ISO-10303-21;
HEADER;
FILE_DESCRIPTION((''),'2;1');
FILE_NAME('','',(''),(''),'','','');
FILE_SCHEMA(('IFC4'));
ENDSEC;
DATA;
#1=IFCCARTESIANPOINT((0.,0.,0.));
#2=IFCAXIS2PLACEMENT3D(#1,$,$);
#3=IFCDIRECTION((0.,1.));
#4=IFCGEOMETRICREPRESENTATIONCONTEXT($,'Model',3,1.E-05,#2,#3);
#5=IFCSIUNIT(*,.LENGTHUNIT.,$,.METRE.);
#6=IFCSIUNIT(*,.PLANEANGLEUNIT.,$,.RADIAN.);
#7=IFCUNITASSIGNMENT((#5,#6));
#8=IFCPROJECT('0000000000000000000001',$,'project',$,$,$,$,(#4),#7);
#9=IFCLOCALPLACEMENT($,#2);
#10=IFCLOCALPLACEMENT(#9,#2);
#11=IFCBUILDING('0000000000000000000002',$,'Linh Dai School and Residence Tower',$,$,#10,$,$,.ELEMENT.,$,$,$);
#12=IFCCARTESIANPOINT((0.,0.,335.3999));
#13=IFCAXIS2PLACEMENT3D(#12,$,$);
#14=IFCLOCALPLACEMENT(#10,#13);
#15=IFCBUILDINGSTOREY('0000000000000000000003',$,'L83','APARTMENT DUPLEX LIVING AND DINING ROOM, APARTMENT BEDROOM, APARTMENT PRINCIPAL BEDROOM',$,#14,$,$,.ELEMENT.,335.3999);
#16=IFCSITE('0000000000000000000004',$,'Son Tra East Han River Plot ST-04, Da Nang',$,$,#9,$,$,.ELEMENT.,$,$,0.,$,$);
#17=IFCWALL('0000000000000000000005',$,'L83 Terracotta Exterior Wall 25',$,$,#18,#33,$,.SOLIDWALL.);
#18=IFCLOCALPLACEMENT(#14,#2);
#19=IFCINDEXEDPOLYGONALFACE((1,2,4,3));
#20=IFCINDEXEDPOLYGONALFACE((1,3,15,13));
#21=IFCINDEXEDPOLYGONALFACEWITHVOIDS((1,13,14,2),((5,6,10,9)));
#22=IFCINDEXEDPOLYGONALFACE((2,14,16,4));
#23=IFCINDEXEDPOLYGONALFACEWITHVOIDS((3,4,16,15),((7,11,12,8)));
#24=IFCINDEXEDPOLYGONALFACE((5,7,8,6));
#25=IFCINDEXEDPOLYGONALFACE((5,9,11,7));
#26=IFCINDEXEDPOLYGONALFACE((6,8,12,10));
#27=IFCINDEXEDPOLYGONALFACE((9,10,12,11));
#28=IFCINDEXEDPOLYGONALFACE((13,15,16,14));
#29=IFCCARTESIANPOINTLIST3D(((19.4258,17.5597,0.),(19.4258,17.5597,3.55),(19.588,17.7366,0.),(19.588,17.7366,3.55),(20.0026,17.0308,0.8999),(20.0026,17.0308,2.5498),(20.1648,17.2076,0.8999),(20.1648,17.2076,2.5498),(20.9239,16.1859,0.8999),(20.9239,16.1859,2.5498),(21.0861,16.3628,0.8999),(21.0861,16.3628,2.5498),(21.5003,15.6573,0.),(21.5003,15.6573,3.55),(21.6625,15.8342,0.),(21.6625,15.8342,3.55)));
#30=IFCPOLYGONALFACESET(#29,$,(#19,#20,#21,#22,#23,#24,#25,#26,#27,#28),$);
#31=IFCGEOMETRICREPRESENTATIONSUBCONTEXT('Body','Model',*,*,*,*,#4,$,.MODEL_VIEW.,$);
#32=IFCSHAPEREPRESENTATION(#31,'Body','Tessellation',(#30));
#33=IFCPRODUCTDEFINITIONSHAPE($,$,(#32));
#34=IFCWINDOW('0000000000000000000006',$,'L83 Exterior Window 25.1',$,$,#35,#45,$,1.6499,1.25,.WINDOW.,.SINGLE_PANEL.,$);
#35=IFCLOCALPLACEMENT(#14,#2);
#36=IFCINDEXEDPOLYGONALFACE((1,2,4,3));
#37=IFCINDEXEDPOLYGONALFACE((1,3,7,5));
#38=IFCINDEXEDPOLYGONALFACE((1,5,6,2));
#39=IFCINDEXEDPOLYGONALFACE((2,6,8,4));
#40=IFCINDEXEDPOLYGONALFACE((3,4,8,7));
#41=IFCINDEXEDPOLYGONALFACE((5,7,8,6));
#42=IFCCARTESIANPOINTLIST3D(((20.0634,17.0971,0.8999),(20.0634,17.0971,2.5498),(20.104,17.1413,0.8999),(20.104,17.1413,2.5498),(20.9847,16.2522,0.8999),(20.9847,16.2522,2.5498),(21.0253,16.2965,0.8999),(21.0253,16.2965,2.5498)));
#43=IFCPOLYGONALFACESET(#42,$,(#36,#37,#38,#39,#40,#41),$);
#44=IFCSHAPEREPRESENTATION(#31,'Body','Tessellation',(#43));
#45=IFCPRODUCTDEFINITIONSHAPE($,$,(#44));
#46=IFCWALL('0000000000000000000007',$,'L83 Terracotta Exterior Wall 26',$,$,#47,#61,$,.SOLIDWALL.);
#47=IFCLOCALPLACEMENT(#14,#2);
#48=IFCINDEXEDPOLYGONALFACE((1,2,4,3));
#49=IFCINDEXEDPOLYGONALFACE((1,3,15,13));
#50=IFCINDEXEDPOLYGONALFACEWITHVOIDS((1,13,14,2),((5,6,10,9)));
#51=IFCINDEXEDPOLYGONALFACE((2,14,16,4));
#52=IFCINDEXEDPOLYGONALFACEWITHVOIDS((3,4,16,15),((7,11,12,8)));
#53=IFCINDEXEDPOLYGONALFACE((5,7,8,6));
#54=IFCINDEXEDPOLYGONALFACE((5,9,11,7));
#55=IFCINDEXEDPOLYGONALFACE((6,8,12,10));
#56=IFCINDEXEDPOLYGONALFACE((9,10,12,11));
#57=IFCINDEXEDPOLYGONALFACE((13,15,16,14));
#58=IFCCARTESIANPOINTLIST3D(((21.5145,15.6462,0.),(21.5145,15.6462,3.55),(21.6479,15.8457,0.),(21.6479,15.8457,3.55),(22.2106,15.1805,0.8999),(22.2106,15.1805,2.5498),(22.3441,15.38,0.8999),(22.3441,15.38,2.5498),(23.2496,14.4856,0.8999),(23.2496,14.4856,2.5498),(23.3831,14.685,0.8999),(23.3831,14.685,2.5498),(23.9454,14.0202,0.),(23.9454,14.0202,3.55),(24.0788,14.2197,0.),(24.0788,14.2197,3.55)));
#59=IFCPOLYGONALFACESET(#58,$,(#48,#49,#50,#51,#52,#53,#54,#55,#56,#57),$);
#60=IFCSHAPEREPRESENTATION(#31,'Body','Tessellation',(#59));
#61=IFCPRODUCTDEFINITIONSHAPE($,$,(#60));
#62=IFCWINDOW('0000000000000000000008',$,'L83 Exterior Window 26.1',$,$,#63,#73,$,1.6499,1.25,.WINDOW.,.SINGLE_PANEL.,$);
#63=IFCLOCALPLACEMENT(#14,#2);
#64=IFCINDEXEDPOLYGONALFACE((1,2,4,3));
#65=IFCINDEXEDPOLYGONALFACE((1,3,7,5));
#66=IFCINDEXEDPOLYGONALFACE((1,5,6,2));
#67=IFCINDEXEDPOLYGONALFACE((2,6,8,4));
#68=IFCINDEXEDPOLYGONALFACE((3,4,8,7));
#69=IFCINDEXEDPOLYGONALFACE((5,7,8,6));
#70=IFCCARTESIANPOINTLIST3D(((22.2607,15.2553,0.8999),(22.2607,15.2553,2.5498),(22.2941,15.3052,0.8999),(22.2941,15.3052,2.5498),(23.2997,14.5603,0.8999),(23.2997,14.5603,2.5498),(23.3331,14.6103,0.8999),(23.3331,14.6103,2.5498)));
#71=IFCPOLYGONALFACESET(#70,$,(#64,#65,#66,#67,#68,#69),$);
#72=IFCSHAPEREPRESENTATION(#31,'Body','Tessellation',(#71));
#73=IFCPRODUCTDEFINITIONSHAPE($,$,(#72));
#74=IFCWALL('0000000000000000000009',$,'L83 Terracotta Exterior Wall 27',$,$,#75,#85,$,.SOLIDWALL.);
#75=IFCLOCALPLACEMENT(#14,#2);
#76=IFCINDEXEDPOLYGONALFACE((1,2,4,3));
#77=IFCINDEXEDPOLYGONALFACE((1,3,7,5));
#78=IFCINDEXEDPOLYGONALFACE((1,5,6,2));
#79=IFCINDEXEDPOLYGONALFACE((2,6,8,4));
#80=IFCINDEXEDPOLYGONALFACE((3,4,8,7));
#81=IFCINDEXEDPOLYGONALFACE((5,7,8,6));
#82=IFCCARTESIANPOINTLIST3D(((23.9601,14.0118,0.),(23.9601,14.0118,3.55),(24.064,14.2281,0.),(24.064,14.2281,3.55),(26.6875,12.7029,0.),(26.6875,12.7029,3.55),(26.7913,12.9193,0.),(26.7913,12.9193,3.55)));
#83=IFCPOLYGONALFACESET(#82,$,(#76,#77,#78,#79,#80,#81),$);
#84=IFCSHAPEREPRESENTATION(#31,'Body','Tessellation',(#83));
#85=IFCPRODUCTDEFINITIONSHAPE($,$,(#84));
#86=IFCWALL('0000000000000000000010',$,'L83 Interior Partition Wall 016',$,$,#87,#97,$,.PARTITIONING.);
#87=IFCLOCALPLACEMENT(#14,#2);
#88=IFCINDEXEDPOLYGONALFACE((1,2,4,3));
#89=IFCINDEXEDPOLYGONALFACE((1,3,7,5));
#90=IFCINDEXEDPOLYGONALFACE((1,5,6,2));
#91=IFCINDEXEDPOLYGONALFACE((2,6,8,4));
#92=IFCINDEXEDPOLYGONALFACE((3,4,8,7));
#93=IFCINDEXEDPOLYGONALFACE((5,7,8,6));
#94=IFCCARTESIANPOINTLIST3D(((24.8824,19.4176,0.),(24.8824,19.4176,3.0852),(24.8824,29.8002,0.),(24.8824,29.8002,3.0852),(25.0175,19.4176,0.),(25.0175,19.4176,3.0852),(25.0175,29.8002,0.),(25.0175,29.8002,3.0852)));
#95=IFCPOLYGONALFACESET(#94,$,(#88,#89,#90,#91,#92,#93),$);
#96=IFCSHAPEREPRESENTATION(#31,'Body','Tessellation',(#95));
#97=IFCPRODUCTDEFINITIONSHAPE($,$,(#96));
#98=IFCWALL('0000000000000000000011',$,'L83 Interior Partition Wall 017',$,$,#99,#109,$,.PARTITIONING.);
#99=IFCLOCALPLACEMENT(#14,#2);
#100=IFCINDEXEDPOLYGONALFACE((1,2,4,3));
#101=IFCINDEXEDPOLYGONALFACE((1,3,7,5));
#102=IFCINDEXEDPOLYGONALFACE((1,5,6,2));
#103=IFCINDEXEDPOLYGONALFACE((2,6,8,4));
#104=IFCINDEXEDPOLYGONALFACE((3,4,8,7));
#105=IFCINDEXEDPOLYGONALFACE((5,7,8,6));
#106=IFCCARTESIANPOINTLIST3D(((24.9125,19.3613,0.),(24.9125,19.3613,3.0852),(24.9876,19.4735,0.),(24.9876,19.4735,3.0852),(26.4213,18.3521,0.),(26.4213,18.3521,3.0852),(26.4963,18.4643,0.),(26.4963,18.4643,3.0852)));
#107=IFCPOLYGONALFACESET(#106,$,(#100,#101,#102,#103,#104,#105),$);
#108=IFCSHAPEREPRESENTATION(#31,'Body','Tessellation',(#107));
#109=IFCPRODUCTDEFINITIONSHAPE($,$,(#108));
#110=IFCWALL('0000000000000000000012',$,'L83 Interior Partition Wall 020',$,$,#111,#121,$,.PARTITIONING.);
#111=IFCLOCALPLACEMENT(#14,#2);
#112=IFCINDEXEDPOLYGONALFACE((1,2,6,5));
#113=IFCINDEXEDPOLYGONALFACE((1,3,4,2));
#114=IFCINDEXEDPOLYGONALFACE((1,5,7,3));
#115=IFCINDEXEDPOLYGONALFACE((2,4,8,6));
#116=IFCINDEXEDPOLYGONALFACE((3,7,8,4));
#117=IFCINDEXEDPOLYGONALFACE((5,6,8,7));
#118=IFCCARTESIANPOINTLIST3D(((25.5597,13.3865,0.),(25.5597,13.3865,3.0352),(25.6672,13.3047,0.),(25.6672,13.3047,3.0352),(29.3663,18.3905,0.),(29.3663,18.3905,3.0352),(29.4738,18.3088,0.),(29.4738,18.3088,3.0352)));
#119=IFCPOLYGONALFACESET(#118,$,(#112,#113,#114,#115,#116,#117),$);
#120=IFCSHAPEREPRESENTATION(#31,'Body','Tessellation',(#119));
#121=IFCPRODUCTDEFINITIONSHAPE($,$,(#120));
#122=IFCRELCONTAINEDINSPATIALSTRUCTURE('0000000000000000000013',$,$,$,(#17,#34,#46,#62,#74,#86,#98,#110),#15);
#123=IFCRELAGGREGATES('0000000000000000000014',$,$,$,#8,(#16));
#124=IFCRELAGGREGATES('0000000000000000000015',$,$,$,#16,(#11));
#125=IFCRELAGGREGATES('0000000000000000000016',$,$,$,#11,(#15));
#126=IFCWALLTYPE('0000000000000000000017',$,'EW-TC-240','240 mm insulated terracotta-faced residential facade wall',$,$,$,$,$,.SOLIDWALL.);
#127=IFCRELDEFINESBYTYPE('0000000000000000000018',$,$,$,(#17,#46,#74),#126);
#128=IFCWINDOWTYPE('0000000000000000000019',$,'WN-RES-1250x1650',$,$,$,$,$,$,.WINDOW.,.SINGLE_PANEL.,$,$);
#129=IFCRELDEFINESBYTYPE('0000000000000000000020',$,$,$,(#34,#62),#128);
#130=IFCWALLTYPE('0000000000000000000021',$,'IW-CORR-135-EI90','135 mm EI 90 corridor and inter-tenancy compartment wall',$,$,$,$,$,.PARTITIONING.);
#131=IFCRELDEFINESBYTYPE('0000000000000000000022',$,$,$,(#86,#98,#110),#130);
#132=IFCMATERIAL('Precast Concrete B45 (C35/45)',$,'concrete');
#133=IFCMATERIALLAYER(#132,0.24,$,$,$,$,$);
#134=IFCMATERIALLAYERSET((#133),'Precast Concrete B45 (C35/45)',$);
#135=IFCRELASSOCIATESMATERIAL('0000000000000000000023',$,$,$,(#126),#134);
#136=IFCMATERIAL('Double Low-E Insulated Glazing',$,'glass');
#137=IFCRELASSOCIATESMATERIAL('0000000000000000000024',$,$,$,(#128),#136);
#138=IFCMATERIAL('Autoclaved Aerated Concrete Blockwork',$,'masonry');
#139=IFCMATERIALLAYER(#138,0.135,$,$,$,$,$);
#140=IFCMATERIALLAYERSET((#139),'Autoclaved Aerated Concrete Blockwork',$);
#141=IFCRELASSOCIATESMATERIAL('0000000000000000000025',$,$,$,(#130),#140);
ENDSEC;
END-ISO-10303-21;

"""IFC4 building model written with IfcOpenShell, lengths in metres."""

from ifc_helpers import new_model, si_unit, direction, frame, frame_2d, origin, origin_2d, place, context, subcontext, project, spatial, rectangle, extrude, source, transform, mapped, material, layer, layer_set, type_object, element, fill, save


model = new_model("IFC4")

# Units and contexts
model_context = context("Model", 3, precision=1e-05, world=origin(), true_north=direction((0.0, 1.0)))
body_context = subcontext(model_context, "Body", "Model", "MODEL_VIEW")
ifc_project = project(units=[si_unit("LENGTHUNIT", "METRE"), si_unit("PLANEANGLEUNIT", "RADIAN")], contexts=[model_context])

# Site, building, storey
site_placement = place(None, origin())
site = spatial("IfcSite", under=ifc_project, at=site_placement, Name="Son Tra East Han River Plot ST-04, Da Nang", CompositionType="ELEMENT", RefElevation=0.0)
building_placement = place(site_placement, origin())
building = spatial("IfcBuilding", under=site, at=building_placement, Name="Linh Dai School and Residence Tower", CompositionType="ELEMENT")
storey_placement = place(building_placement, frame((0.0, 0.0, 335.3999)))
storey = spatial("IfcBuildingStorey", under=building, at=storey_placement, Name="L83", Description="APARTMENT DUPLEX LIVING AND DINING ROOM, APARTMENT BEDROOM, APARTMENT PRINCIPAL BEDROOM", CompositionType="ELEMENT", Elevation=335.3999)

# Shared definitions
ifc_material_1 = material(Name="Precast Concrete B45 (C35/45)", Category="concrete")

# Walls, openings, windows
ifc_layer_1 = layer(ifc_material_1, 0.24)
ifc_layer_set_1 = layer_set([ifc_layer_1], Name="Precast Concrete B45 (C35/45)")
wall_type_1 = type_object("IfcWallType", Name="EW-TC-240", Description="240 mm insulated terracotta-faced residential facade wall", PredefinedType="SOLIDWALL", material=ifc_layer_set_1)
wall_1_placement = place(storey_placement, frame((21.5813, 15.7458, 0.0), z_axis=(0.0, 0.0, 1.0), x_axis=(-0.737021, 0.67587, 0.0)))
wall_1 = element("IfcWall", 1, at=wall_1_placement, inside=storey, type_object=wall_type_1, Name="L83 Terracotta Exterior Wall 25", PredefinedType="SOLIDWALL", context=body_context, shape_type="SweptSolid", body=[
    extrude(rectangle(XDim=2.8147, YDim=0.24, at=frame_2d((1.4072, 0.0))), origin(), (0.0, 0.0, 1.0), 3.55),
])
opening_1_placement = place(wall_1_placement, frame((0.782, 0.0, 0.8999)))
opening_1 = element("IfcOpeningElement", 2, at=opening_1_placement, cuts=wall_1, PredefinedType="OPENING", context=body_context, shape_type="SweptSolid", body=[
    extrude(rectangle(XDim=1.25, YDim=1.6499, at=origin_2d()), frame((0.625, 0.1299, 0.825), z_axis=(0.0, -1.0, 0.0), x_axis=(1.0, 0.0, 0.0)), (0.0, 0.0, 1.0), 0.26),
])
ifc_material_2 = material(Name="Double Low-E Insulated Glazing", Category="glass")
window_type = type_object("IfcWindowType", Name="WN-RES-1250x1650", PartitioningType="SINGLE_PANEL", PredefinedType="WINDOW", material=ifc_material_2)
shared_shape_1 = source(origin(), body_context, "Body", "SweptSolid", [
    extrude(rectangle(XDim=1.25, YDim=1.6499, at=origin_2d()), frame((0.625, 0.03, 0.825), z_axis=(0.0, -1.0, 0.0), x_axis=(1.0, 0.0, 0.0)), (0.0, 0.0, 1.0), 0.0601),
])
window_1_placement = place(opening_1_placement, origin())
window_1 = element("IfcWindow", 3, at=window_1_placement, inside=storey, type_object=window_type, Name="L83 Exterior Window 25.1", OverallHeight=1.6499, OverallWidth=1.25, PartitioningType="SINGLE_PANEL", PredefinedType="WINDOW", context=body_context, shape_type="MappedRepresentation", body=[
    mapped(shared_shape_1, transform((0.0, 0.0, 0.0), x_axis=(1.0, 0.0, 0.0), y_axis=(0.0, 1.0, 0.0), z_axis=(0.0, 0.0, 1.0), scale=1.0)),
])
fill(opening_1, window_1)
wall_2_placement = place(storey_placement, frame((24.0122, 14.1199, 0.0), z_axis=(0.0, 0.0, 1.0), x_axis=(-0.831202, 0.555971, 0.0)))
wall_2 = element("IfcWall", 4, at=wall_2_placement, inside=storey, type_object=wall_type_1, Name="L83 Terracotta Exterior Wall 26", PredefinedType="SOLIDWALL", context=body_context, shape_type="SweptSolid", body=[
    extrude(rectangle(XDim=2.9246, YDim=0.24, at=frame_2d((1.4624, 0.0))), origin(), (0.0, 0.0, 1.0), 3.55),
])
opening_2_placement = place(wall_2_placement, frame((0.8372, 0.0, 0.8999)))
opening_2 = element("IfcOpeningElement", 5, at=opening_2_placement, cuts=wall_2, PredefinedType="OPENING", context=body_context, shape_type="SweptSolid", body=[
    extrude(rectangle(XDim=1.25, YDim=1.6499, at=origin_2d()), frame((0.625, 0.1299, 0.825), z_axis=(0.0, -1.0, 0.0), x_axis=(1.0, 0.0, 0.0)), (0.0, 0.0, 1.0), 0.26),
])
window_2_placement = place(opening_2_placement, origin())
window_2 = element("IfcWindow", 6, at=window_2_placement, inside=storey, type_object=window_type, Name="L83 Exterior Window 26.1", OverallHeight=1.6499, OverallWidth=1.25, PartitioningType="SINGLE_PANEL", PredefinedType="WINDOW", context=body_context, shape_type="MappedRepresentation", body=[
    mapped(shared_shape_1, transform((0.0, 0.0, 0.0), x_axis=(1.0, 0.0, 0.0), y_axis=(0.0, 1.0, 0.0), z_axis=(0.0, 0.0, 1.0), scale=1.0)),
])
fill(opening_2, window_2)

# Walls
wall_3_placement = place(storey_placement, frame((26.7395, 12.811, 0.0), z_axis=(0.0, 0.0, 1.0), x_axis=(-0.901557, 0.43266, 0.0)))
element("IfcWall", 7, at=wall_3_placement, inside=storey, type_object=wall_type_1, Name="L83 Terracotta Exterior Wall 27", PredefinedType="SOLIDWALL", context=body_context, shape_type="SweptSolid", body=[
    extrude(rectangle(XDim=3.0251, YDim=0.24, at=frame_2d((1.5127, 0.0))), origin(), (0.0, 0.0, 1.0), 3.55),
])
ifc_material_3 = material(Name="Autoclaved Aerated Concrete Blockwork", Category="masonry")
ifc_layer_2 = layer(ifc_material_3, 0.135)
ifc_layer_set_2 = layer_set([ifc_layer_2], Name="Autoclaved Aerated Concrete Blockwork")
wall_type_2 = type_object("IfcWallType", Name="IW-CORR-135-EI90", Description="135 mm EI 90 corridor and inter-tenancy compartment wall", PredefinedType="PARTITIONING", material=ifc_layer_set_2)
wall_4_placement = place(storey_placement, frame((24.95, 19.4175, 0.0), z_axis=(0.0, 0.0, 1.0), x_axis=(0.0, 1.0, 0.0)))
element("IfcWall", 8, at=wall_4_placement, inside=storey, type_object=wall_type_2, Name="L83 Interior Partition Wall 016", PredefinedType="PARTITIONING", context=body_context, shape_type="SweptSolid", body=[
    extrude(rectangle(XDim=10.3826, YDim=0.135, at=frame_2d((5.1914, 0.0))), origin(), (0.0, 0.0, 1.0), 3.0852),
])
wall_5_placement = place(storey_placement, frame((24.95, 19.4175, 0.0), z_axis=(0.0, 0.0, 1.0), x_axis=(0.83118, -0.556003, 0.0)))
element("IfcWall", 9, at=wall_5_placement, inside=storey, type_object=wall_type_2, Name="L83 Interior Partition Wall 017", PredefinedType="PARTITIONING", context=body_context, shape_type="SweptSolid", body=[
    extrude(rectangle(XDim=1.8152, YDim=0.135, at=frame_2d((0.9077, 0.0))), origin(), (0.0, 0.0, 1.0), 3.0852),
])
wall_6_placement = place(storey_placement, frame((25.6135, 13.3457, 0.0), z_axis=(0.0, 0.0, 1.0), x_axis=(0.605435, 0.795895, 0.0)))
element("IfcWall", 10, at=wall_6_placement, inside=storey, type_object=wall_type_2, Name="L83 Interior Partition Wall 020", PredefinedType="PARTITIONING", context=body_context, shape_type="SweptSolid", body=[
    extrude(rectangle(XDim=6.2874, YDim=0.135, at=frame_2d((3.1436, 0.0))), origin(), (0.0, 0.0, 1.0), 3.0352),
])

save(model, "model.ifc")
